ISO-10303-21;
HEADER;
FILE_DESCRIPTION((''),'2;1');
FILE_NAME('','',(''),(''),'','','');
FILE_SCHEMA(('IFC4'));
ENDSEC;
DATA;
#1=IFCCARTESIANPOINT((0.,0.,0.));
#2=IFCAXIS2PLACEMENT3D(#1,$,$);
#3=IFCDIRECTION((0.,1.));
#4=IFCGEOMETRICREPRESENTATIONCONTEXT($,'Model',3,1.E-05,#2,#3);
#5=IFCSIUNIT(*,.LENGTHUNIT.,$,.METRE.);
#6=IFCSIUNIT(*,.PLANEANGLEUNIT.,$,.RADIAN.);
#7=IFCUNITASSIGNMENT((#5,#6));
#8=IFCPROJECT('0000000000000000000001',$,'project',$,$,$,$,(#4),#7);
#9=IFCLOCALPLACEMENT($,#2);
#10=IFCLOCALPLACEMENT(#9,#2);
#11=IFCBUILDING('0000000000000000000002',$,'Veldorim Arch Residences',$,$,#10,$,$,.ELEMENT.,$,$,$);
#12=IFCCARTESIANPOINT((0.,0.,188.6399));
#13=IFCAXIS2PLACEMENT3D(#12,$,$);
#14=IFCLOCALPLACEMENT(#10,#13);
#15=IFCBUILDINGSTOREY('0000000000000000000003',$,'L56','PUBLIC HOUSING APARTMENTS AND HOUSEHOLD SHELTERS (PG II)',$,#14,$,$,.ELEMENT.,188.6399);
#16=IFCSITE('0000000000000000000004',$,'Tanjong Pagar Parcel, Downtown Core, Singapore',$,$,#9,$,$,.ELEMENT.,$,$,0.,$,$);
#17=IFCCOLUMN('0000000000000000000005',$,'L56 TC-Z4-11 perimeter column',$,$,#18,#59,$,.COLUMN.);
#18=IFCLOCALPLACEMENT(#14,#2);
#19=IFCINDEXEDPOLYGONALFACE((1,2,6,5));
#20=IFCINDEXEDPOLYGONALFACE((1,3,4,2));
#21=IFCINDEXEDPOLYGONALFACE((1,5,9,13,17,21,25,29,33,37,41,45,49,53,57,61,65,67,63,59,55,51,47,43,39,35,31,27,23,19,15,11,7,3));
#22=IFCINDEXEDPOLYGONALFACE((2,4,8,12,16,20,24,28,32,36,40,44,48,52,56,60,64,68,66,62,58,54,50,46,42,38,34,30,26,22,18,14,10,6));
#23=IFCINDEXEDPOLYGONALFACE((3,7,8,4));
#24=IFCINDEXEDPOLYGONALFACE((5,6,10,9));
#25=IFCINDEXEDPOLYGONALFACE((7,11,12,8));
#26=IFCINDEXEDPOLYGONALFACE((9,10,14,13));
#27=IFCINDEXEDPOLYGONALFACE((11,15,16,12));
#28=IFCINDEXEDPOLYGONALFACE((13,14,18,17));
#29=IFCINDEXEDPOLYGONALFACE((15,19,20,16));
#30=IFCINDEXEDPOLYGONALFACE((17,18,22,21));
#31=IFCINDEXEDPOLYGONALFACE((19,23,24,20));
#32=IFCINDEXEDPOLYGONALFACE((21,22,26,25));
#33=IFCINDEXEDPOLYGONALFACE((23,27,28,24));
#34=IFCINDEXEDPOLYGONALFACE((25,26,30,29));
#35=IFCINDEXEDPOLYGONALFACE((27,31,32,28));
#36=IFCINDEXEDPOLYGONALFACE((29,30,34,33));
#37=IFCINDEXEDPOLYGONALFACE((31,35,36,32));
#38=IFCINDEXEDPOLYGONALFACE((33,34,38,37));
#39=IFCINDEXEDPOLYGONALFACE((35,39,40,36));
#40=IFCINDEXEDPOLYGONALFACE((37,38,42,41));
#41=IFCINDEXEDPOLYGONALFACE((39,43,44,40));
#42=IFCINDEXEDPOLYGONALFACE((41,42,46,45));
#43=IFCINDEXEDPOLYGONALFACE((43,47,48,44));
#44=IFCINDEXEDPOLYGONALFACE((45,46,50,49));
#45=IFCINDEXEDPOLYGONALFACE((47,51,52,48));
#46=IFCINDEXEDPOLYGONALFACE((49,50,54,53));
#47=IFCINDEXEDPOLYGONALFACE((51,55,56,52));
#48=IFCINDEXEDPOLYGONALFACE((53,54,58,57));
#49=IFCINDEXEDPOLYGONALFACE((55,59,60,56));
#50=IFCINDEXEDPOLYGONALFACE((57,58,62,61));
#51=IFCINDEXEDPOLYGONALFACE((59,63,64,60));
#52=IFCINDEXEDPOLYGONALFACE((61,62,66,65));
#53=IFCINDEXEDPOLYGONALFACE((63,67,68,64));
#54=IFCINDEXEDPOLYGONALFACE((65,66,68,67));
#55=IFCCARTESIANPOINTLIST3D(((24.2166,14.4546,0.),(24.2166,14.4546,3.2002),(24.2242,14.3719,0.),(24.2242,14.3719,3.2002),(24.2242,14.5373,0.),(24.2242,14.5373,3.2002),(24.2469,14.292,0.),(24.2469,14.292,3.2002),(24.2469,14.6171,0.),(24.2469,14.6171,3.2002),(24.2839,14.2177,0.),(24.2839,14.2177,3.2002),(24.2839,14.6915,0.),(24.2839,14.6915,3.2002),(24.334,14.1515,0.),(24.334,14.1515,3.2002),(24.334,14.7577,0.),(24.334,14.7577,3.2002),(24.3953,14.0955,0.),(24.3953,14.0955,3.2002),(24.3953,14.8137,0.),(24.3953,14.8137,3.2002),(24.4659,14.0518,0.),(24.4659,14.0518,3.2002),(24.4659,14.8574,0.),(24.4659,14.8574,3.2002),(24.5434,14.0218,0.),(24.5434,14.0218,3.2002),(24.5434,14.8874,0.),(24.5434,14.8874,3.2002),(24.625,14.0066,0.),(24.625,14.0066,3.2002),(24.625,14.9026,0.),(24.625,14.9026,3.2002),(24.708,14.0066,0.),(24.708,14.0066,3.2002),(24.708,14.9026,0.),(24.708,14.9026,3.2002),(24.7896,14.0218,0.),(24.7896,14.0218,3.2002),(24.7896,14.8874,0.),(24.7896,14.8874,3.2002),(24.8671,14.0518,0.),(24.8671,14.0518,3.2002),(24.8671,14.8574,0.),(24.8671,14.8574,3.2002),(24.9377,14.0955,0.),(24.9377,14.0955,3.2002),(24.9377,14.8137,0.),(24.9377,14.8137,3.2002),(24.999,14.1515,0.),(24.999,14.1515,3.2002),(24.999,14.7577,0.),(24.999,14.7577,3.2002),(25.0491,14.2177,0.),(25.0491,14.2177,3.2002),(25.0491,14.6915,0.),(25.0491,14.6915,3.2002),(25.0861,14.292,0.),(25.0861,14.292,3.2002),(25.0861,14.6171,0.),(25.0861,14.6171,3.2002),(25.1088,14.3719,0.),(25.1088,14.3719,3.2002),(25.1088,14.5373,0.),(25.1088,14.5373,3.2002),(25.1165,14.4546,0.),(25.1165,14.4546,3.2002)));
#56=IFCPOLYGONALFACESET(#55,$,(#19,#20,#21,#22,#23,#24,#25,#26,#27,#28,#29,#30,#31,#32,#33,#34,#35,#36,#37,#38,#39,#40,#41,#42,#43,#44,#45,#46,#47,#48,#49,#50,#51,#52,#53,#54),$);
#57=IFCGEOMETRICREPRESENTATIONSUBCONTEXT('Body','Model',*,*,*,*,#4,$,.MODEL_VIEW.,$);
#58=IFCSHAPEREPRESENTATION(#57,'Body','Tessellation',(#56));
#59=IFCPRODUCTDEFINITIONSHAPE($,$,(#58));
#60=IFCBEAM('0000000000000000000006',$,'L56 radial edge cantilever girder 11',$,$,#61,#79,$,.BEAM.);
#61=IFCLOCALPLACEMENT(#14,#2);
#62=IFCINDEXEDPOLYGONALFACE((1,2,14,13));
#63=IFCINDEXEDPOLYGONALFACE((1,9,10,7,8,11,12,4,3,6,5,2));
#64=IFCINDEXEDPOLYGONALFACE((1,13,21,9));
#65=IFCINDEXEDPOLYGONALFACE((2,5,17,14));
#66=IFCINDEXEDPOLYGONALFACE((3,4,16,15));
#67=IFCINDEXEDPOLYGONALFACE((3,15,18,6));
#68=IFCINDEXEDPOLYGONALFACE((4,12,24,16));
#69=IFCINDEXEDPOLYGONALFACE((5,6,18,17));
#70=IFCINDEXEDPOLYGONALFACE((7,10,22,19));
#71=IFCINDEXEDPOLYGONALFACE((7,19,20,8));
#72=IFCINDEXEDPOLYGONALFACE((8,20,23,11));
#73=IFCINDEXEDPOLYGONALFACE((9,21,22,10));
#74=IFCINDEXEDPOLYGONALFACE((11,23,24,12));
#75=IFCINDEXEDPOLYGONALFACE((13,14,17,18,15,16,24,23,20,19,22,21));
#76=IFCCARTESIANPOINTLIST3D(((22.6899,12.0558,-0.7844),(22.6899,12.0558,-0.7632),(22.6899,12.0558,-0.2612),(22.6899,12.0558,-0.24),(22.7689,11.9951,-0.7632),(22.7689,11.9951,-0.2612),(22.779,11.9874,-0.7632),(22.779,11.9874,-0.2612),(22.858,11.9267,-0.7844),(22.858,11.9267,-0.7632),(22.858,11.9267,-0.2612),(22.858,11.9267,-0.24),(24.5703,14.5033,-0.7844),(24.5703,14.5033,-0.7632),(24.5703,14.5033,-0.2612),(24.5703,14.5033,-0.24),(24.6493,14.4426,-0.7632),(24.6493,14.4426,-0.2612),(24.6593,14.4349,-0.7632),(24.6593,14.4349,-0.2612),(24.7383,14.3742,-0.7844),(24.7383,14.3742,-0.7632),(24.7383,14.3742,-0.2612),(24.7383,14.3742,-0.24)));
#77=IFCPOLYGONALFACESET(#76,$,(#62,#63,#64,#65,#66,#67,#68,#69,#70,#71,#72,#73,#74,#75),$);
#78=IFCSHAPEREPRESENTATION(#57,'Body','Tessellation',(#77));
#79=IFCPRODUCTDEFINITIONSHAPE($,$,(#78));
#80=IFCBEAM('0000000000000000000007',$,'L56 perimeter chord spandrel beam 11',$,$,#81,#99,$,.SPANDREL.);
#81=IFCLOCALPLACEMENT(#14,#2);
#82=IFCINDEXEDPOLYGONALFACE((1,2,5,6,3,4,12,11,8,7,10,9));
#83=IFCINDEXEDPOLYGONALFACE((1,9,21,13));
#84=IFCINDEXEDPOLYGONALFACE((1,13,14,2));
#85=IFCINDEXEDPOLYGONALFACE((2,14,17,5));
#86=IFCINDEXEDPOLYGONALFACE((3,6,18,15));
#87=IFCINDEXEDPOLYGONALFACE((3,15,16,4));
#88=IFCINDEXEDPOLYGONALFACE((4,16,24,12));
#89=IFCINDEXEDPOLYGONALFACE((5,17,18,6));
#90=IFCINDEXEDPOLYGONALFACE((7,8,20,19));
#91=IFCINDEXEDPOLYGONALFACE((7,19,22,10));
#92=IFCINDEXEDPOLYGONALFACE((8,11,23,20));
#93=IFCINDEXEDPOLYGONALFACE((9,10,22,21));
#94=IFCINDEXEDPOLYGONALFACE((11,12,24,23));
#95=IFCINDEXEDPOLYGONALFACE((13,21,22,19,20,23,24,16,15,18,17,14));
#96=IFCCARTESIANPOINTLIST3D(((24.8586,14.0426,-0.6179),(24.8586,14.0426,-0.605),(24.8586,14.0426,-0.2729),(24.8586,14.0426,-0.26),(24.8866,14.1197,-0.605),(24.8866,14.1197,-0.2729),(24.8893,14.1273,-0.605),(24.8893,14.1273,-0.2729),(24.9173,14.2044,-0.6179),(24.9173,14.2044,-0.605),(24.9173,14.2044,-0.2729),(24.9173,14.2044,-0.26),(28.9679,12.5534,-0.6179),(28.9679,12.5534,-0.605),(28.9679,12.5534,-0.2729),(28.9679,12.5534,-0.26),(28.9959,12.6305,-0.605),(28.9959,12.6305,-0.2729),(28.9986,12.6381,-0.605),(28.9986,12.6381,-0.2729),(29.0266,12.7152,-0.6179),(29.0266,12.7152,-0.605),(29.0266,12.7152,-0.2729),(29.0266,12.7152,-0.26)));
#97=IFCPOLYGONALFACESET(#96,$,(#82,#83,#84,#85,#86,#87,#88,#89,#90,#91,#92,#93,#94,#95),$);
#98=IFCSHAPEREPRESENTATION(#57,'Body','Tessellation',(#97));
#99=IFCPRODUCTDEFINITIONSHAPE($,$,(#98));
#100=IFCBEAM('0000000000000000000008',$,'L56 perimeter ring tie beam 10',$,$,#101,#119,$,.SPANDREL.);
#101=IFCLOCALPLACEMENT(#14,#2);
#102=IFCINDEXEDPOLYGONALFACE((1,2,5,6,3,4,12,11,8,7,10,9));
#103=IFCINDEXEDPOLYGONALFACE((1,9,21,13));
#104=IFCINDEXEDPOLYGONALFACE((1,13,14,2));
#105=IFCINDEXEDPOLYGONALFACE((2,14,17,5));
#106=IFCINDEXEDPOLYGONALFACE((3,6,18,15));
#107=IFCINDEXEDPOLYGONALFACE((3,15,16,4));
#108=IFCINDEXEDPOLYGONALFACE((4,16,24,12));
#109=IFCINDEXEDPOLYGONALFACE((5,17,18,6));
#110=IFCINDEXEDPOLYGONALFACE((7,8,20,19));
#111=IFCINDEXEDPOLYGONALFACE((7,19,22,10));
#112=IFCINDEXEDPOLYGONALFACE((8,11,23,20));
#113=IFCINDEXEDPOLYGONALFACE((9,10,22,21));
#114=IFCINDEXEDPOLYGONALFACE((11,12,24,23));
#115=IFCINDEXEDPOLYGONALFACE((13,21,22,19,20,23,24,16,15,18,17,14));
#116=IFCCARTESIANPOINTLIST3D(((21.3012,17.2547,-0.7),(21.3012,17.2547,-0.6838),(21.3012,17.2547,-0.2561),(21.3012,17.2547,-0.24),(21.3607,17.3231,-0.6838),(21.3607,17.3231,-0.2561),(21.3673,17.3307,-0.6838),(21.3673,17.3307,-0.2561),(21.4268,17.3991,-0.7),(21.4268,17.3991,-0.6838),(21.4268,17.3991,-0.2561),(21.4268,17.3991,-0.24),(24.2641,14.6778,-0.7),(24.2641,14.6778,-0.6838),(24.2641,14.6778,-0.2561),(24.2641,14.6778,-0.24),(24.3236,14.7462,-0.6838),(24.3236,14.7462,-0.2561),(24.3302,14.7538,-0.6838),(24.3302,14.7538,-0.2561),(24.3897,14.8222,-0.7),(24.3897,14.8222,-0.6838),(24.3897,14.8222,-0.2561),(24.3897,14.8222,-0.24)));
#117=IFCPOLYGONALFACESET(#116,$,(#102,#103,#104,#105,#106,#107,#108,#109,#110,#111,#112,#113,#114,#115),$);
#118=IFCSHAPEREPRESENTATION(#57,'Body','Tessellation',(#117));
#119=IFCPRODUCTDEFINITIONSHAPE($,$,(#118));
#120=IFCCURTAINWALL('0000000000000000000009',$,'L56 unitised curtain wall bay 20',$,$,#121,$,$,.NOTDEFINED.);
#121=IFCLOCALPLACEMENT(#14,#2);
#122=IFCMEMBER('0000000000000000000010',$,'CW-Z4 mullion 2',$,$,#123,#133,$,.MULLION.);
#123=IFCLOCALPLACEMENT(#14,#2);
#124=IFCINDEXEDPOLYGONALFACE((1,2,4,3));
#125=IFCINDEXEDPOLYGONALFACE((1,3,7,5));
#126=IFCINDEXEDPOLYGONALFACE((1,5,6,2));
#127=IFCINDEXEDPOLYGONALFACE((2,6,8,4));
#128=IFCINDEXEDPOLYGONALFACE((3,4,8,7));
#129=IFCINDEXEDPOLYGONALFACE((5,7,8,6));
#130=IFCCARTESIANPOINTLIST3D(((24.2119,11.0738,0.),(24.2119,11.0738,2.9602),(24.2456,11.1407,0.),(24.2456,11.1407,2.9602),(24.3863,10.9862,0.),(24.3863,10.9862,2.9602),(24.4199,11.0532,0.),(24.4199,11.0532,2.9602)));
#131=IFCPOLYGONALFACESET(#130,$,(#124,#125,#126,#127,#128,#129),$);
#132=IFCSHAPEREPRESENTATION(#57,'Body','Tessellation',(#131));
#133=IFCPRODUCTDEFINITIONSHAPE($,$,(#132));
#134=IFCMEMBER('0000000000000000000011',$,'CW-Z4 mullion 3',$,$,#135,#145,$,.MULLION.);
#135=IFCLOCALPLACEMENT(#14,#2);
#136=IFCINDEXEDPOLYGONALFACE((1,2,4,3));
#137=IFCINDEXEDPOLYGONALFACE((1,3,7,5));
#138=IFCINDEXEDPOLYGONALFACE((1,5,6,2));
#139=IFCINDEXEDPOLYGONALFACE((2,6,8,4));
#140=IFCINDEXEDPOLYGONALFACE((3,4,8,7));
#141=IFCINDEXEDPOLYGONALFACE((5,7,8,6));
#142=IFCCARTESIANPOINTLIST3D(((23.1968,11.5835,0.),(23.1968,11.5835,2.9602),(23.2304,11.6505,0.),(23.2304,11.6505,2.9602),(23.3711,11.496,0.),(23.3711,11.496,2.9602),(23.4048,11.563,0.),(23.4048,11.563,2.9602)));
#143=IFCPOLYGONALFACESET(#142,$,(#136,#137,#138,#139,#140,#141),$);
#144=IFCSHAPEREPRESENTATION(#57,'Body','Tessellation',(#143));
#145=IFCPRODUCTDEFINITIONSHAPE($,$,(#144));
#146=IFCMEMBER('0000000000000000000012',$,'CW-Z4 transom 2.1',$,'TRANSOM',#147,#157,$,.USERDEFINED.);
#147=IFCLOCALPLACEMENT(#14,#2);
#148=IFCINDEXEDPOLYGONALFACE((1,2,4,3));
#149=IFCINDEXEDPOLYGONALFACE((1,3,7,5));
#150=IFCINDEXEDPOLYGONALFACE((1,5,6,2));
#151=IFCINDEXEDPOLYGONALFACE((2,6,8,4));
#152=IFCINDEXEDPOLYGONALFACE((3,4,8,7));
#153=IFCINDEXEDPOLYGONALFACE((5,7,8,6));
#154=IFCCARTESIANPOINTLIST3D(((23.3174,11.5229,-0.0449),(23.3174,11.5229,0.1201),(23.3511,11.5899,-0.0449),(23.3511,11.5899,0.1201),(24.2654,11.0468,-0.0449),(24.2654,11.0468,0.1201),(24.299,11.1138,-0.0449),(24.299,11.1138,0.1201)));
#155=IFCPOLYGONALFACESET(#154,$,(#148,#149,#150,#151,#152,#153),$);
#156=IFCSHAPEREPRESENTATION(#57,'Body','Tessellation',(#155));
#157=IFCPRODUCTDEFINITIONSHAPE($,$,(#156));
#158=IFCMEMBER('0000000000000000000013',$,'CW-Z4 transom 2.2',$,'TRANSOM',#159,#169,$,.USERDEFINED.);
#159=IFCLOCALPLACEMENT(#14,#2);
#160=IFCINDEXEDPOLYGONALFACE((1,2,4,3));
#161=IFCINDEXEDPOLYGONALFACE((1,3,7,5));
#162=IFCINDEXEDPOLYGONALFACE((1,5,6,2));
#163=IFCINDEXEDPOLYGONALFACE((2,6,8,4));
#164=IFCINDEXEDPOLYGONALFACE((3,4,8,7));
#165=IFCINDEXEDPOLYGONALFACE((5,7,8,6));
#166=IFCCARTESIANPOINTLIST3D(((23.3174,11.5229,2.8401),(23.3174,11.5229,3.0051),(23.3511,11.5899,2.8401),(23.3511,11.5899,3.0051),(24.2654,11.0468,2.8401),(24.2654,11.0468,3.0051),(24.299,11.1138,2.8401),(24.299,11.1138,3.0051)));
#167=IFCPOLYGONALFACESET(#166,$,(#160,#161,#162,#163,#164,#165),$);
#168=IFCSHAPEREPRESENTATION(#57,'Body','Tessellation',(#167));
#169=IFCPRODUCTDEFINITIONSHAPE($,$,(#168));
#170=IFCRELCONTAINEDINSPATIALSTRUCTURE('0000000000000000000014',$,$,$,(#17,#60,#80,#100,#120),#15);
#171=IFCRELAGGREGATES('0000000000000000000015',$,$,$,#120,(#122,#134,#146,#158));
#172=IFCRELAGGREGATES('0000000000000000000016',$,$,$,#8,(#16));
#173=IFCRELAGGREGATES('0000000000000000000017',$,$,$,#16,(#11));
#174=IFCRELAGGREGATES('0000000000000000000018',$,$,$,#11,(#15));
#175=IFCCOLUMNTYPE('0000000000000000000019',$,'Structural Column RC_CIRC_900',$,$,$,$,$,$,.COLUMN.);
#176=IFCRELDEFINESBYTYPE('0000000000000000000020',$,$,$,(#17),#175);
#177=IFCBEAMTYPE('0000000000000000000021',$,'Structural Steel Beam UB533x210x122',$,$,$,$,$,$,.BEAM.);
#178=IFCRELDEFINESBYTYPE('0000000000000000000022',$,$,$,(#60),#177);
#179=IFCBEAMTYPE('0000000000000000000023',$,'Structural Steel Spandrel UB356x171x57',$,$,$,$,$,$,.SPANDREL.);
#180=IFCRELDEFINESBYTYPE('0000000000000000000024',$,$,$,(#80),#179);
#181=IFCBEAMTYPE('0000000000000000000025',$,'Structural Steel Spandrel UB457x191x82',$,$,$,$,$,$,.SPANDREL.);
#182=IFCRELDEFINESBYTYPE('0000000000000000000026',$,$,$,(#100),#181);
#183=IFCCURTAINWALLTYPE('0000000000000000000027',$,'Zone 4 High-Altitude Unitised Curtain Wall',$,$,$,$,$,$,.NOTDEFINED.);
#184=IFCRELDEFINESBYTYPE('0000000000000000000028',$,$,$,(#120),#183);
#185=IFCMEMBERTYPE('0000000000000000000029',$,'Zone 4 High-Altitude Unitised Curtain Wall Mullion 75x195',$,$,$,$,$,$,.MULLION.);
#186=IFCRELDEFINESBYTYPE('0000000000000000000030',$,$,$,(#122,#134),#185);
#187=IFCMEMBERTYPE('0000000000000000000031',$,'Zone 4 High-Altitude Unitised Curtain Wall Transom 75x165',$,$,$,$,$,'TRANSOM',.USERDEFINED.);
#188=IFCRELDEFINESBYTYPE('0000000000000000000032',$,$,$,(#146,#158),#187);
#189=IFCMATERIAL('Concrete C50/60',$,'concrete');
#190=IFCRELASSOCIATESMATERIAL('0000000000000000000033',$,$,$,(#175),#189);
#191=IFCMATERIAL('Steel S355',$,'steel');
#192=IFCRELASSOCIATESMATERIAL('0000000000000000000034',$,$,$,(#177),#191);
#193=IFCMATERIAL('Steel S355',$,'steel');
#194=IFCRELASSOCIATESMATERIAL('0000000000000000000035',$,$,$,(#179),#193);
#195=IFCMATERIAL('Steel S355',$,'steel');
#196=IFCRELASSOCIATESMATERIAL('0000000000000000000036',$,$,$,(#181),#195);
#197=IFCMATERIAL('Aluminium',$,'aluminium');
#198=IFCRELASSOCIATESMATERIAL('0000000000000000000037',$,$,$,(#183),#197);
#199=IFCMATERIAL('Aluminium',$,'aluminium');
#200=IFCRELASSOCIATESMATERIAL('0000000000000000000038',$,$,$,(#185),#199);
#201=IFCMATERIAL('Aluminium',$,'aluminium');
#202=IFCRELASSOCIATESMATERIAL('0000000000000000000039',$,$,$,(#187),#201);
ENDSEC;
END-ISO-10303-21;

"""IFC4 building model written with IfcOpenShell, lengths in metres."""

from ifc_helpers import new_model, si_unit, direction, frame, origin, origin_2d, place, context, subcontext, project, spatial, rectangle, circle, i_section, extrude, material, material_profile, profile_set, type_object, element, aggregate, save


model = new_model("IFC4")

# Units and contexts
model_context = context("Model", 3, precision=1e-05, world=origin(), true_north=direction((0.0, 1.0)))
body_context = subcontext(model_context, "Body", "Model", "MODEL_VIEW")
ifc_project = project(units=[si_unit("LENGTHUNIT", "METRE"), si_unit("PLANEANGLEUNIT", "RADIAN")], contexts=[model_context])

# Site, building, storey
site_placement = place(None, origin())
site = spatial("IfcSite", under=ifc_project, at=site_placement, Name="Tanjong Pagar Parcel, Downtown Core, Singapore", CompositionType="ELEMENT", RefElevation=0.0)
building_placement = place(site_placement, origin())
building = spatial("IfcBuilding", under=site, at=building_placement, Name="Veldorim Arch Residences", CompositionType="ELEMENT")
storey_placement = place(building_placement, frame((0.0, 0.0, 188.6399)))
storey = spatial("IfcBuildingStorey", under=building, at=storey_placement, Name="L56", Description="PUBLIC HOUSING APARTMENTS AND HOUSEHOLD SHELTERS (PG II)", CompositionType="ELEMENT", Elevation=188.6399)

# Column
ifc_material_1 = material(Name="Concrete C50/60", Category="concrete")
ifc_material_profile_1 = material_profile(ifc_material_1, circle(Radius=0.45, at=origin_2d()), Name="RC_CIRC_900")
ifc_profile_set_1 = profile_set([ifc_material_profile_1], Name="Concrete C50/60")
column_type = type_object("IfcColumnType", Name="Structural Column RC_CIRC_900", PredefinedType="COLUMN", material=ifc_profile_set_1)
column_placement = place(storey_placement, frame((24.6665, 14.4546, 0.0), z_axis=(0.0, 0.0, 1.0), x_axis=(1.0, 0.0, 0.0)))
element("IfcColumn", 1, at=column_placement, inside=storey, type_object=column_type, Name="L56 TC-Z4-11 perimeter column", PredefinedType="COLUMN", context=body_context, shape_type="SweptSolid", body=[
    extrude(circle(Radius=0.45, at=origin_2d()), origin(), (0.0, 0.0, 1.0), 3.2002),
])

# Beams
ifc_material_2 = material(Name="Steel S355", Category="steel")
ifc_material_profile_2 = material_profile(ifc_material_2, i_section(OverallWidth=0.2119, OverallDepth=0.5444, WebThickness=0.0127, FlangeThickness=0.0212, at=origin_2d()), Name="UB533x210x122")
ifc_profile_set_2 = profile_set([ifc_material_profile_2], Name="Steel S355")
beam_type_1 = type_object("IfcBeamType", Name="Structural Steel Beam UB533x210x122", PredefinedType="BEAM", material=ifc_profile_set_2)
beam_1_placement = place(storey_placement, frame((24.6543, 14.4387, -0.5122), z_axis=(-0.609237, -0.792988, 0.0), x_axis=(0.792988, -0.609237, 0.0)))
element("IfcBeam", 2, at=beam_1_placement, inside=storey, type_object=beam_type_1, Name="L56 radial edge cantilever girder 11", PredefinedType="BEAM", context=body_context, shape_type="SweptSolid", body=[
    extrude(i_section(OverallWidth=0.2119, OverallDepth=0.5444, WebThickness=0.0127, FlangeThickness=0.0212, at=origin_2d()), origin(), (0.0, 0.0, 1.0), 3.0864),
])
ifc_material_3 = material(Name="Steel S355", Category="steel")
ifc_material_profile_3 = material_profile(ifc_material_3, i_section(OverallWidth=0.1721, OverallDepth=0.3579, WebThickness=0.0081, FlangeThickness=0.0129, at=origin_2d()), Name="UB356x171x57")
ifc_profile_set_3 = profile_set([ifc_material_profile_3], Name="Steel S355")
beam_type_2 = type_object("IfcBeamType", Name="Structural Steel Spandrel UB356x171x57", PredefinedType="SPANDREL", material=ifc_profile_set_3)
beam_2_placement = place(storey_placement, frame((24.8879, 14.1235, -0.439), z_axis=(0.940165, -0.34072, 0.0), x_axis=(0.34072, 0.940165, 0.0)))
element("IfcBeam", 3, at=beam_2_placement, inside=storey, type_object=beam_type_2, Name="L56 perimeter chord spandrel beam 11", PredefinedType="SPANDREL", context=body_context, shape_type="SweptSolid", body=[
    extrude(i_section(OverallWidth=0.1721, OverallDepth=0.3579, WebThickness=0.0081, FlangeThickness=0.0129, at=origin_2d()), origin(), (0.0, 0.0, 1.0), 4.3708),
])
ifc_material_4 = material(Name="Steel S355", Category="steel")
ifc_material_profile_4 = material_profile(ifc_material_4, i_section(OverallWidth=0.1914, OverallDepth=0.46, WebThickness=0.01, FlangeThickness=0.0161, at=origin_2d()), Name="UB457x191x82")
ifc_profile_set_4 = profile_set([ifc_material_profile_4], Name="Steel S355")
beam_type_3 = type_object("IfcBeamType", Name="Structural Steel Spandrel UB457x191x82", PredefinedType="SPANDREL", material=ifc_profile_set_4)
beam_3_placement = place(storey_placement, frame((21.364, 17.3269, -0.47), z_axis=(0.754545, -0.656248, 0.0), x_axis=(0.656248, 0.754545, 0.0)))
element("IfcBeam", 4, at=beam_3_placement, inside=storey, type_object=beam_type_3, Name="L56 perimeter ring tie beam 10", PredefinedType="SPANDREL", context=body_context, shape_type="SweptSolid", body=[
    extrude(i_section(OverallWidth=0.1914, OverallDepth=0.46, WebThickness=0.01, FlangeThickness=0.0161, at=origin_2d()), origin(), (0.0, 0.0, 1.0), 3.9268),
])

# Curtain wall, members
ifc_material_5 = material(Name="Aluminium", Category="aluminium")
curtain_wall_type = type_object("IfcCurtainWallType", Name="Zone 4 High-Altitude Unitised Curtain Wall", PredefinedType="NOTDEFINED", material=ifc_material_5)
curtain_wall_placement = place(storey_placement, origin())
curtain_wall = element("IfcCurtainWall", 5, at=curtain_wall_placement, inside=storey, type_object=curtain_wall_type, Name="L56 unitised curtain wall bay 20", PredefinedType="NOTDEFINED")
ifc_material_6 = material(Name="Aluminium", Category="aluminium")
ifc_material_profile_5 = material_profile(ifc_material_6, rectangle(XDim=0.075, YDim=0.1951, at=origin_2d()), Name="ALU_MUL_75x195")
ifc_profile_set_5 = profile_set([ifc_material_profile_5], Name="Aluminium")
member_type_1 = type_object("IfcMemberType", Name="Zone 4 High-Altitude Unitised Curtain Wall Mullion 75x195", PredefinedType="MULLION", material=ifc_profile_set_5)
member_1_placement = place(storey_placement, frame((24.3159, 11.0635, 0.0), z_axis=(0.0, 0.0, 1.0), x_axis=(-0.448866, -0.893599, 0.0)))
member_1 = element("IfcMember", 6, at=member_1_placement, type_object=member_type_1, Name="CW-Z4 mullion 2", PredefinedType="MULLION", context=body_context, shape_type="SweptSolid", body=[
    extrude(rectangle(XDim=0.075, YDim=0.1951, at=origin_2d()), origin(), (0.0, 0.0, 1.0), 2.9602),
])
member_2_placement = place(storey_placement, frame((23.3008, 11.5732, 0.0), z_axis=(0.0, 0.0, 1.0), x_axis=(-0.448866, -0.893599, 0.0)))
member_2 = element("IfcMember", 7, at=member_2_placement, type_object=member_type_1, Name="CW-Z4 mullion 3", PredefinedType="MULLION", context=body_context, shape_type="SweptSolid", body=[
    extrude(rectangle(XDim=0.075, YDim=0.1951, at=origin_2d()), origin(), (0.0, 0.0, 1.0), 2.9602),
])
ifc_material_7 = material(Name="Aluminium", Category="aluminium")
ifc_material_profile_6 = material_profile(ifc_material_7, rectangle(XDim=0.075, YDim=0.165, at=origin_2d()), Name="ALU_TRN_75x165")
ifc_profile_set_6 = profile_set([ifc_material_profile_6], Name="Aluminium")
member_type_2 = type_object("IfcMemberType", Name="Zone 4 High-Altitude Unitised Curtain Wall Transom 75x165", ElementType="TRANSOM", PredefinedType="USERDEFINED", material=ifc_profile_set_6)
member_3_placement = place(storey_placement, frame((24.2822, 11.0803, 0.0376), z_axis=(-0.893643, 0.448778, 0.0), x_axis=(-0.448778, -0.893643, 0.0)))
member_3 = element("IfcMember", 8, at=member_3_placement, type_object=member_type_2, Name="CW-Z4 transom 2.1", ObjectType="TRANSOM", PredefinedType="USERDEFINED", context=body_context, shape_type="SweptSolid", body=[
    extrude(rectangle(XDim=0.075, YDim=0.165, at=origin_2d()), origin(), (0.0, 0.0, 1.0), 1.0608),
])
member_4_placement = place(storey_placement, frame((24.2822, 11.0803, 2.9226), z_axis=(-0.893643, 0.448778, 0.0), x_axis=(-0.448778, -0.893643, 0.0)))
member_4 = element("IfcMember", 9, at=member_4_placement, type_object=member_type_2, Name="CW-Z4 transom 2.2", ObjectType="TRANSOM", PredefinedType="USERDEFINED", context=body_context, shape_type="SweptSolid", body=[
    extrude(rectangle(XDim=0.075, YDim=0.165, at=origin_2d()), origin(), (0.0, 0.0, 1.0), 1.0608),
])
aggregate(curtain_wall, [member_1, member_2, member_3, member_4])

save(model, "model.ifc")
